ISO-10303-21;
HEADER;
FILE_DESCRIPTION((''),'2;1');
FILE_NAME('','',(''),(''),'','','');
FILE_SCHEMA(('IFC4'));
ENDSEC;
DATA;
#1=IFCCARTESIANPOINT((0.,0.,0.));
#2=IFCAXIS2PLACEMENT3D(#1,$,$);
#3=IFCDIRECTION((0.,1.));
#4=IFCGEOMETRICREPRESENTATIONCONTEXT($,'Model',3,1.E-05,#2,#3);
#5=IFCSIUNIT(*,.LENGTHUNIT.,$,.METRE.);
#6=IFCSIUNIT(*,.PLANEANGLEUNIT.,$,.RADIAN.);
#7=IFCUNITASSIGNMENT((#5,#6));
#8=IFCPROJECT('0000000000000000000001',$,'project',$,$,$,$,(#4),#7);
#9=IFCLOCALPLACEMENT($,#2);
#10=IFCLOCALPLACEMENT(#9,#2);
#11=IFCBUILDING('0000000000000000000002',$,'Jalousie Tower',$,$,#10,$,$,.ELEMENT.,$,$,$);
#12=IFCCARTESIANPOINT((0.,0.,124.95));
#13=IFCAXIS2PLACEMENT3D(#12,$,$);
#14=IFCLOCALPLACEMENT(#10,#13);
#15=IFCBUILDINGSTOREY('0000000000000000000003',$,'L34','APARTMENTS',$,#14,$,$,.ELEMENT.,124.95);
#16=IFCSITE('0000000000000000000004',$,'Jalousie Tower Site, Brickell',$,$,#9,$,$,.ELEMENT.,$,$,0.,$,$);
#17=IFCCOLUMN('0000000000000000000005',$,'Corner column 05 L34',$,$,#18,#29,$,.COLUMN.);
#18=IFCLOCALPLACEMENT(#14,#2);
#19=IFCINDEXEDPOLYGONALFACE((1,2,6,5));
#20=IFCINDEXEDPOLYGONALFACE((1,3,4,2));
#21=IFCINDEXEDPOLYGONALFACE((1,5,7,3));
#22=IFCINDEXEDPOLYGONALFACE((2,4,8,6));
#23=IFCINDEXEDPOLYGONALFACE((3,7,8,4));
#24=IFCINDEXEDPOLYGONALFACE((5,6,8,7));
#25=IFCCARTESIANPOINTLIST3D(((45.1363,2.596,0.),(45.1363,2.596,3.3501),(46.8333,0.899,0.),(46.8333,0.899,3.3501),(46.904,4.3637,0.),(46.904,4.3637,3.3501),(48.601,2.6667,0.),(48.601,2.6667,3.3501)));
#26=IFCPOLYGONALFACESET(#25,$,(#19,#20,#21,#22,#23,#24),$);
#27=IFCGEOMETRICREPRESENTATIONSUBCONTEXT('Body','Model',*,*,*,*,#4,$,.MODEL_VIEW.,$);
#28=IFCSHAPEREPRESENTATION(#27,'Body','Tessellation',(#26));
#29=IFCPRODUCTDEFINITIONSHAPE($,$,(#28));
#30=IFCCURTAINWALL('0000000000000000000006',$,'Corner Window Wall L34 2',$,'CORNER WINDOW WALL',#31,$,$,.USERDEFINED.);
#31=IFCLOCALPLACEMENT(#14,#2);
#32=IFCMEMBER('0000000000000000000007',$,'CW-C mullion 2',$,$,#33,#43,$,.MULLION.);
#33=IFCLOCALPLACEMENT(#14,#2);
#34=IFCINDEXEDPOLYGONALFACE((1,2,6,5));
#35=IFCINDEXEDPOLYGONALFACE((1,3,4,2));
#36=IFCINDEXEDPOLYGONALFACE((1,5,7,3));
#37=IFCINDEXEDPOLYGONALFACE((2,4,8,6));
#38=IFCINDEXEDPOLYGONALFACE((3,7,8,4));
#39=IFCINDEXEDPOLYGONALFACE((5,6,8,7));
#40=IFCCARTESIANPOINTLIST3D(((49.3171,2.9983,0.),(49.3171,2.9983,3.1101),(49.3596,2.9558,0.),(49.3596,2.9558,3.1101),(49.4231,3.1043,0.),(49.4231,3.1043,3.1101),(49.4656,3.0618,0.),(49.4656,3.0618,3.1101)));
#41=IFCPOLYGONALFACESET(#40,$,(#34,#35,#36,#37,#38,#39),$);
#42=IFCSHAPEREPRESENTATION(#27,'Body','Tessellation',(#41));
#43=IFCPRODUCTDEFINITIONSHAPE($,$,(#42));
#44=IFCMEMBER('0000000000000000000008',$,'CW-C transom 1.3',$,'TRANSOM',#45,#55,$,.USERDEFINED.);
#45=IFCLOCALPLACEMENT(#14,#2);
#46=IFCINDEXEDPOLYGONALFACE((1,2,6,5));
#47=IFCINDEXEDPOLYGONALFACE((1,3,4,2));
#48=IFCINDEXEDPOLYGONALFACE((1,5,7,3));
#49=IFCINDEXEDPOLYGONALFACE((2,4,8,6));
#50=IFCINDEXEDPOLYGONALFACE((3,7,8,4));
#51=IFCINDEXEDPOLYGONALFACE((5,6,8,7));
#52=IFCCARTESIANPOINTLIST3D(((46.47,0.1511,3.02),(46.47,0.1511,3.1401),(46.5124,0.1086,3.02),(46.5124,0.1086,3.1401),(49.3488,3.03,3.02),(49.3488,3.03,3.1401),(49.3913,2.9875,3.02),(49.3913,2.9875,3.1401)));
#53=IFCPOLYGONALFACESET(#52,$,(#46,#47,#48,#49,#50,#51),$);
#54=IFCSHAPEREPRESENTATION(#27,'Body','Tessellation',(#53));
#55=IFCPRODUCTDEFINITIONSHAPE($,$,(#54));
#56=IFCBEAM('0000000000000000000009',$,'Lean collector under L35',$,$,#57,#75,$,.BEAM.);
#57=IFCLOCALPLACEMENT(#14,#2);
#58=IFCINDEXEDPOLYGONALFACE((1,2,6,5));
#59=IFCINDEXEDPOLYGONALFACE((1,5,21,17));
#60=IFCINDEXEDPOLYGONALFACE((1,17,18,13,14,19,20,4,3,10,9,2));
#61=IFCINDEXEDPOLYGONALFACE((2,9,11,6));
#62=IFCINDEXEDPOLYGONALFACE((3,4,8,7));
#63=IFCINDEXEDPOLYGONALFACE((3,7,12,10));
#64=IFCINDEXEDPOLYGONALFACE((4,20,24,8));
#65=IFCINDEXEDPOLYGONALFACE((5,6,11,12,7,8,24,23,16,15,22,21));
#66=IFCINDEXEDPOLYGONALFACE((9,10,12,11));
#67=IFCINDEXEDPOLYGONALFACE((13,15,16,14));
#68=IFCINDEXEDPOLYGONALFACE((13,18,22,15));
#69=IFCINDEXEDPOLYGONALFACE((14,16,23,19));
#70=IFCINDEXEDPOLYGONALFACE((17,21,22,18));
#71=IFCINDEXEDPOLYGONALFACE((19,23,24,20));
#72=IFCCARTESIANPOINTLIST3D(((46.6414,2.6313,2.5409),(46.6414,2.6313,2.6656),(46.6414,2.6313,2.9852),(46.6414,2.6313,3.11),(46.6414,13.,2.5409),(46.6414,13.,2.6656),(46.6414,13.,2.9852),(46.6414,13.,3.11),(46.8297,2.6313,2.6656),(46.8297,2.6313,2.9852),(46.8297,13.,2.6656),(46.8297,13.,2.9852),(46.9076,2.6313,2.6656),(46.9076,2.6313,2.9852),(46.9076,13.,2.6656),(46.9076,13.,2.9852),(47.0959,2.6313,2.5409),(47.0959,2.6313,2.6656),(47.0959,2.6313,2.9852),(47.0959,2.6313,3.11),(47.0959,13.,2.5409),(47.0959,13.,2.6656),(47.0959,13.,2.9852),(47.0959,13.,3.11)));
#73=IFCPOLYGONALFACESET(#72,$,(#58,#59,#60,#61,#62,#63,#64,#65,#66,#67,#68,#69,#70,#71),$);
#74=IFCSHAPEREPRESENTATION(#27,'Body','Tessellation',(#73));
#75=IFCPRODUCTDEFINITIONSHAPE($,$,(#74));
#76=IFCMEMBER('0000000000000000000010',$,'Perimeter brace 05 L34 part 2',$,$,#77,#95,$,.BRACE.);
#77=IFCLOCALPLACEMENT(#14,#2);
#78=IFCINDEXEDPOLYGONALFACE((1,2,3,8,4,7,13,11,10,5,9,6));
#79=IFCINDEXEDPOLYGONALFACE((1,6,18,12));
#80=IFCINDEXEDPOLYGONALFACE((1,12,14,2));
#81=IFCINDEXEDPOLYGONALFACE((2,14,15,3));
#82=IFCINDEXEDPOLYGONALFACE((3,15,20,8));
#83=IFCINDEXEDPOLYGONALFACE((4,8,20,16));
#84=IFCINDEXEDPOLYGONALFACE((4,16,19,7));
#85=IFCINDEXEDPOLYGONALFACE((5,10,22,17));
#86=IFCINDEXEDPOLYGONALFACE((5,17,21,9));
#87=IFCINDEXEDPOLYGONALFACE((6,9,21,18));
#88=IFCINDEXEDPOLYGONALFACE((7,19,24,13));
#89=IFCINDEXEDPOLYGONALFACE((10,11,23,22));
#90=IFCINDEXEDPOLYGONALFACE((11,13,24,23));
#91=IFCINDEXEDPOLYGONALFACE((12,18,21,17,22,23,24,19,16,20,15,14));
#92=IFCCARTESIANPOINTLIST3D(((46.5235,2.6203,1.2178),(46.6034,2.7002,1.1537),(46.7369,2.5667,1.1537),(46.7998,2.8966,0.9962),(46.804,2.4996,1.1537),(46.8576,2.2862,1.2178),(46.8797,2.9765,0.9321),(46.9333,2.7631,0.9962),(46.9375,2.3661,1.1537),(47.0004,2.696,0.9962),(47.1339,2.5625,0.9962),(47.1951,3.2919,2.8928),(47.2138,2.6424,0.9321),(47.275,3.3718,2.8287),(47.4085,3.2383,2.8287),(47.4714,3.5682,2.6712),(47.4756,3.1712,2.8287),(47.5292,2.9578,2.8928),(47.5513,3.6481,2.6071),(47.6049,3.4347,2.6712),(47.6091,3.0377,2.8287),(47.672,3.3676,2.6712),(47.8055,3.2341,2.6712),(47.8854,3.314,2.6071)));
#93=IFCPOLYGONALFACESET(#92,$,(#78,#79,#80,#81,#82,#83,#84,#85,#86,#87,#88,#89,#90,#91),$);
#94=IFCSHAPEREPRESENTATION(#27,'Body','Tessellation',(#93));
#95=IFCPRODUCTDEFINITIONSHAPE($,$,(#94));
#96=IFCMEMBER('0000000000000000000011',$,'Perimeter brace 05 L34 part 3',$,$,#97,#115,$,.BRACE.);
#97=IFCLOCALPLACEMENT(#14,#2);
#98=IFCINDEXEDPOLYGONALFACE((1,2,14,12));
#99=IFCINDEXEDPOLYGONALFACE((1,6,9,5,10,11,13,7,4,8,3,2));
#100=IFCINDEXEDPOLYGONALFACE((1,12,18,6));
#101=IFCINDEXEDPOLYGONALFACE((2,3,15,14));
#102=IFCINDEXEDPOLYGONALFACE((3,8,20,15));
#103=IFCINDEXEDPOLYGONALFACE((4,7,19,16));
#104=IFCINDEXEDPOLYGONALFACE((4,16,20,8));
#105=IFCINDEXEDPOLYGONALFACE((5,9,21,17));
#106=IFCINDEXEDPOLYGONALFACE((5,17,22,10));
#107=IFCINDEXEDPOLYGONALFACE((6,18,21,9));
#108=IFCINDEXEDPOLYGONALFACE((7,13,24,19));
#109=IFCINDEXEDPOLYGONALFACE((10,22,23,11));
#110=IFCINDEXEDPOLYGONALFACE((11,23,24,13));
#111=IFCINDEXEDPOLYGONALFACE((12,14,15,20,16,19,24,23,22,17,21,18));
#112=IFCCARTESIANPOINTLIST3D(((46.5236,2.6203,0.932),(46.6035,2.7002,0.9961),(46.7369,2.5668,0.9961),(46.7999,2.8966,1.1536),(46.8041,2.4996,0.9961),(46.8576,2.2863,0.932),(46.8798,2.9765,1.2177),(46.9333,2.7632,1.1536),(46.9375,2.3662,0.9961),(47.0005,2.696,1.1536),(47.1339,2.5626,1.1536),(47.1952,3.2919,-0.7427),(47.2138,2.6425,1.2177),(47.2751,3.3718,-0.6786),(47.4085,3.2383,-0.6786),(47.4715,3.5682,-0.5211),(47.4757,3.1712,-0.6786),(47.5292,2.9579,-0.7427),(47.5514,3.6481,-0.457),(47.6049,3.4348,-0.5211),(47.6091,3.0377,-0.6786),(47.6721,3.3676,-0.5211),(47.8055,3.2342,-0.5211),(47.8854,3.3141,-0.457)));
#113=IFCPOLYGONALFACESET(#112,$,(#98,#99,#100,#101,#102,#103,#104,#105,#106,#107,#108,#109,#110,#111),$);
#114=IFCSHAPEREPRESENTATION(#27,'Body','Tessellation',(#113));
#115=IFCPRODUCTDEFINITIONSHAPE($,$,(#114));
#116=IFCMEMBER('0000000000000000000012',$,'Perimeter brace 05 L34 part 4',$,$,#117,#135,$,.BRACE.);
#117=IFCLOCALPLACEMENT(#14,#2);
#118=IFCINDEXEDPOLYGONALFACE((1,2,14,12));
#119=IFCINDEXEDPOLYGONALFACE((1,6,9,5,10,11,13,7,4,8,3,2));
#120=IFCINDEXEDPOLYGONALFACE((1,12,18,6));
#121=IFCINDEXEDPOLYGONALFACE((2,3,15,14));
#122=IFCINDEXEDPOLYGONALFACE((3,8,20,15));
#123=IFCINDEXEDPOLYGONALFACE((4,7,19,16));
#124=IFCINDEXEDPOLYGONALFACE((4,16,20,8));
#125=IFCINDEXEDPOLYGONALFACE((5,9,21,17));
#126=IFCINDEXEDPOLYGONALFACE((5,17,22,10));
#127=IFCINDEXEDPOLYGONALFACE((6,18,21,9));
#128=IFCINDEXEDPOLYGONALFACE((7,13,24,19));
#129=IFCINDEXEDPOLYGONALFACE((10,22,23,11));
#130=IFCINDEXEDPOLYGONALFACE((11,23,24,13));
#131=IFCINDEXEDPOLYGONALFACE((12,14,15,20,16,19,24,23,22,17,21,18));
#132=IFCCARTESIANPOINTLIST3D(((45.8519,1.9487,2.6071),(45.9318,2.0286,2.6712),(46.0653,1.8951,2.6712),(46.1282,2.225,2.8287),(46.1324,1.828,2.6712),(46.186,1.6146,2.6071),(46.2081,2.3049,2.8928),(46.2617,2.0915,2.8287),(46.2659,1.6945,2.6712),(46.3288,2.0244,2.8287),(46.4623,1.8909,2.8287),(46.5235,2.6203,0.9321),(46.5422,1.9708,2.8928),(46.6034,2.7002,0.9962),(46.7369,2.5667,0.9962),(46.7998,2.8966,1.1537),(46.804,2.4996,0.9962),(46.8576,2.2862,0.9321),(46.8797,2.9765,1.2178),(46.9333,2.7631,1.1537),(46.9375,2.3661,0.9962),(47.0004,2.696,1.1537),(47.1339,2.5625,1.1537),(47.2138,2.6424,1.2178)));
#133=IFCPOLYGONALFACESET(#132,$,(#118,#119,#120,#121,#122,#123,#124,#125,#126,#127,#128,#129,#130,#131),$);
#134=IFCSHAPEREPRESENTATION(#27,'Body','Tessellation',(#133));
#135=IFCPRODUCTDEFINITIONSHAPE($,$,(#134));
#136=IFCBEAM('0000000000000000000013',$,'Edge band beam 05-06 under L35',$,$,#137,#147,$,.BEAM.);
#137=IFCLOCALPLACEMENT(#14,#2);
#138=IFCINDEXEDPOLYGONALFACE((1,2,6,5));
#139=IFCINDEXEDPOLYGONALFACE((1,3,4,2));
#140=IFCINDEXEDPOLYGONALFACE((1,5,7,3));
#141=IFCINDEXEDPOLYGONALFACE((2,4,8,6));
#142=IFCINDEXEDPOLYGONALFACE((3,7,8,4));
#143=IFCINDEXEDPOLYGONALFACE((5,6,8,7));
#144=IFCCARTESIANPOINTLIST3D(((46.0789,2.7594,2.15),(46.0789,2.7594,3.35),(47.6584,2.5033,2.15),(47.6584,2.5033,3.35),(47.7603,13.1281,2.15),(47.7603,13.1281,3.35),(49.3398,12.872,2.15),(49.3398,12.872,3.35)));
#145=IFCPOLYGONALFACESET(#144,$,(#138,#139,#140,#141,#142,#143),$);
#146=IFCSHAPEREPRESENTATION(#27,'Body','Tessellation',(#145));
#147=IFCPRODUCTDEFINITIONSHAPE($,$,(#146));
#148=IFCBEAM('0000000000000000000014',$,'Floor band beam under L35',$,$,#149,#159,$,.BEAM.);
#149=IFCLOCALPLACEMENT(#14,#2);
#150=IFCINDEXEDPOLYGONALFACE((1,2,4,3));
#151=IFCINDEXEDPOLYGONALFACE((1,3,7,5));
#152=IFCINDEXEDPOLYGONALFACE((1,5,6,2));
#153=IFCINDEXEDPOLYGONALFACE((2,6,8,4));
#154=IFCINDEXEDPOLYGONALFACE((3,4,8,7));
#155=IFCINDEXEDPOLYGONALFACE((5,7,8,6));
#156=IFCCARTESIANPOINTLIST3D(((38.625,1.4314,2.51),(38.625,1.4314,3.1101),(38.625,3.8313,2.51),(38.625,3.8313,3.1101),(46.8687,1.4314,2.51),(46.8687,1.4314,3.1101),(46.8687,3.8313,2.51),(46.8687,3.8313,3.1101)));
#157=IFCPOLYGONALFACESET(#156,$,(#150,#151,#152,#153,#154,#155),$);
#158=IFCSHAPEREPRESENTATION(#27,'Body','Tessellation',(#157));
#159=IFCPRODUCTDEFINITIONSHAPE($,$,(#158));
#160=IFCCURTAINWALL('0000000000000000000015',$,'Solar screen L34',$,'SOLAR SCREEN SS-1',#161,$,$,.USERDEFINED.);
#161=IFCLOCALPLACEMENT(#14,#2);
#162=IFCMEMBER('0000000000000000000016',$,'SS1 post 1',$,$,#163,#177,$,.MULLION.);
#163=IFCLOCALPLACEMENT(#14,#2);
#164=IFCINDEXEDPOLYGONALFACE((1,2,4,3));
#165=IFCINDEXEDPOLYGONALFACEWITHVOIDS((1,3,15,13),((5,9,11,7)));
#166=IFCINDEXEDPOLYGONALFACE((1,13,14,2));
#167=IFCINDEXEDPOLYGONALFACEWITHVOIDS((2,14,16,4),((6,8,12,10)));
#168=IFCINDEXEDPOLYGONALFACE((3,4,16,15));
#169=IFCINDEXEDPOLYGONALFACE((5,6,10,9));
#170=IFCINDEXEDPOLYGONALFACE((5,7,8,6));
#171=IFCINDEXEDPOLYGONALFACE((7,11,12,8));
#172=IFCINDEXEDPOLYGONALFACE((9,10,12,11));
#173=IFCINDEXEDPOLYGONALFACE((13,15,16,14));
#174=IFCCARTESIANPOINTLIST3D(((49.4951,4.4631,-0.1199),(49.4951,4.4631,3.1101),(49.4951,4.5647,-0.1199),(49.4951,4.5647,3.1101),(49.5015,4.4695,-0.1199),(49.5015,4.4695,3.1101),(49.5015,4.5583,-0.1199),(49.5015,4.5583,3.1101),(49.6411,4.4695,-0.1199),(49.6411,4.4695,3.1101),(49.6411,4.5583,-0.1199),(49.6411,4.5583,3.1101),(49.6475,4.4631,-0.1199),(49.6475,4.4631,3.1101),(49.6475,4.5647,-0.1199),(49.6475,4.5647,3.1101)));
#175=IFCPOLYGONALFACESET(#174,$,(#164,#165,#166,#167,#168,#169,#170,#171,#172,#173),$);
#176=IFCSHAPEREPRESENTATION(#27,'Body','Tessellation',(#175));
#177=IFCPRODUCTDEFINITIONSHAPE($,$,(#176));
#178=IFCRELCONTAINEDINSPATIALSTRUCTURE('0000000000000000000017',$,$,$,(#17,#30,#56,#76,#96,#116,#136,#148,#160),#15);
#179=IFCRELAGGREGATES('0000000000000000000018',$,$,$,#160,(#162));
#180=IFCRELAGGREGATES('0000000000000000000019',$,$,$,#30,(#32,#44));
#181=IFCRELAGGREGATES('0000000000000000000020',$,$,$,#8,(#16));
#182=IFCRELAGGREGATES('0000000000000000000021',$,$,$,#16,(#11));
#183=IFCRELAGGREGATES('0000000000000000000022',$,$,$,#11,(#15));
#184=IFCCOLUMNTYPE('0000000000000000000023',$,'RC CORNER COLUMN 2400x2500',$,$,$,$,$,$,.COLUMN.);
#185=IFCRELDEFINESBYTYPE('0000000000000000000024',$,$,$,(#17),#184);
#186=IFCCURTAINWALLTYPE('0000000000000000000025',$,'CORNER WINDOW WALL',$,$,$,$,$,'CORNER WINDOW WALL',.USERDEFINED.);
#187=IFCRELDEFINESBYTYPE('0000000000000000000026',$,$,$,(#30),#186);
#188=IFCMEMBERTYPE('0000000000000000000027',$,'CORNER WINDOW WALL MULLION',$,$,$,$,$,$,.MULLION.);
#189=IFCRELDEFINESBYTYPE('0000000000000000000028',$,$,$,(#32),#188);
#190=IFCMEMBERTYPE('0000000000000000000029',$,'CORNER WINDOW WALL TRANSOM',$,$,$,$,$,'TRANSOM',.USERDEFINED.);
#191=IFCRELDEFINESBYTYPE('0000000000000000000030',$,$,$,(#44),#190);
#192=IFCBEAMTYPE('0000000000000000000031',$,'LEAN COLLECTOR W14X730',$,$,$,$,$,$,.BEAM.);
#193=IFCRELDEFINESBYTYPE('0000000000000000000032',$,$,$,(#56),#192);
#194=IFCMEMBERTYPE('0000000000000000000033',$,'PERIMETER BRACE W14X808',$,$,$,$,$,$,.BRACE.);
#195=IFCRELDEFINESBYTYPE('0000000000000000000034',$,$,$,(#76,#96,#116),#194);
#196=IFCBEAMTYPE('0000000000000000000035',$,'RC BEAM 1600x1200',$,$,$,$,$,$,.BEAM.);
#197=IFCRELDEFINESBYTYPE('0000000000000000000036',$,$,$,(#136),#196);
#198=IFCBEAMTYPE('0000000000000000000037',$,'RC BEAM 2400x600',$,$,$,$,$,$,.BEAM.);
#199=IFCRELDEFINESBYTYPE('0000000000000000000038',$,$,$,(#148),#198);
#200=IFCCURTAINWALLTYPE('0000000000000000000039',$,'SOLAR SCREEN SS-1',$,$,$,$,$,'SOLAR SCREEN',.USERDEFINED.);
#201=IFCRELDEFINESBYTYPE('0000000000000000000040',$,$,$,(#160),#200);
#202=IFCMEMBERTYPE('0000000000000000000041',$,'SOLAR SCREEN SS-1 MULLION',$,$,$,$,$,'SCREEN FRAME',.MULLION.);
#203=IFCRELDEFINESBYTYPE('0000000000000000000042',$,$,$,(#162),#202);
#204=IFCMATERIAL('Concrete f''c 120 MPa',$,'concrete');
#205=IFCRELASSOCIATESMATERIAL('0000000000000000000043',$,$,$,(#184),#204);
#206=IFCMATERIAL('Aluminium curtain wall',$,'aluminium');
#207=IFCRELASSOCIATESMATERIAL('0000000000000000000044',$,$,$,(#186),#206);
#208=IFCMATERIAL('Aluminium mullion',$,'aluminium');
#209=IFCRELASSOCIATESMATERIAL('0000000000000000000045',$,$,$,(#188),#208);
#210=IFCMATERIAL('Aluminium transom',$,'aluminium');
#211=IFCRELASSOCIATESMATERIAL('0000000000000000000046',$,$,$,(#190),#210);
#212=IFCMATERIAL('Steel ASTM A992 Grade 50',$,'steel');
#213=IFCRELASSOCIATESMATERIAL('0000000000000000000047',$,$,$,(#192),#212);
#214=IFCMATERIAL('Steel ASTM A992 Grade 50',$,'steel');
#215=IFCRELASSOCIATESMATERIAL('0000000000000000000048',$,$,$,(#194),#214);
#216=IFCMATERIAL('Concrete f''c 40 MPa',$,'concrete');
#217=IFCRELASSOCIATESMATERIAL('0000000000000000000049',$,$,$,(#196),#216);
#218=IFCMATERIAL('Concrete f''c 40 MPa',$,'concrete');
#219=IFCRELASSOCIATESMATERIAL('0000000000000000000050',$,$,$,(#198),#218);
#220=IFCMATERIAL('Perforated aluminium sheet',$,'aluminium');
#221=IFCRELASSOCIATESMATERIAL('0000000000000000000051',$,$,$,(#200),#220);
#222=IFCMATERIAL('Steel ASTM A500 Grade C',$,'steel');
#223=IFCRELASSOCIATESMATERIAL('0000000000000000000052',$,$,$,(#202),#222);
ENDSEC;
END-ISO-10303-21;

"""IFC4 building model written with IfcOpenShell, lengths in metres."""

from ifc_helpers import new_model, si_unit, direction, frame, origin, origin_2d, place, context, subcontext, project, spatial, rectangle, hollow_rectangle, i_section, extrude, material, material_profile, profile_set, type_object, element, aggregate, save


model = new_model("IFC4")

# Units and contexts
model_context = context("Model", 3, precision=1e-05, world=origin(), true_north=direction((0.0, 1.0)))
body_context = subcontext(model_context, "Body", "Model", "MODEL_VIEW")
ifc_project = project(units=[si_unit("LENGTHUNIT", "METRE"), si_unit("PLANEANGLEUNIT", "RADIAN")], contexts=[model_context])

# Site, building, storey
site_placement = place(None, origin())
site = spatial("IfcSite", under=ifc_project, at=site_placement, Name="Jalousie Tower Site, Brickell", CompositionType="ELEMENT", RefElevation=0.0)
building_placement = place(site_placement, origin())
building = spatial("IfcBuilding", under=site, at=building_placement, Name="Jalousie Tower", CompositionType="ELEMENT")
storey_placement = place(building_placement, frame((0.0, 0.0, 124.95)))
storey = spatial("IfcBuildingStorey", under=building, at=storey_placement, Name="L34", Description="APARTMENTS", CompositionType="ELEMENT", Elevation=124.95)

# Column
ifc_material_1 = material(Name="Concrete f'c 120 MPa", Category="concrete")
ifc_material_profile_1 = material_profile(ifc_material_1, rectangle(XDim=2.3999, YDim=2.5, at=origin_2d()), Name="RC 2400x2500")
ifc_profile_set_1 = profile_set([ifc_material_profile_1], Name="Concrete f'c 120 MPa")
column_type = type_object("IfcColumnType", Name="RC CORNER COLUMN 2400x2500", PredefinedType="COLUMN", material=ifc_profile_set_1)
column_placement = place(storey_placement, frame((46.8687, 2.6313, 0.0), z_axis=(0.0, 0.0, 1.0), x_axis=(-0.707107, 0.707107, 0.0)))
element("IfcColumn", 1, at=column_placement, inside=storey, type_object=column_type, Name="Corner column 05 L34", PredefinedType="COLUMN", context=body_context, shape_type="SweptSolid", body=[
    extrude(rectangle(XDim=2.3999, YDim=2.5, at=origin_2d()), origin(), (0.0, 0.0, 1.0), 3.3501),
])

# Curtain wall, members
ifc_material_2 = material(Name="Aluminium curtain wall", Category="aluminium")
curtain_wall_type_1 = type_object("IfcCurtainWallType", Name="CORNER WINDOW WALL", ElementType="CORNER WINDOW WALL", PredefinedType="USERDEFINED", material=ifc_material_2)
curtain_wall_1_placement = place(storey_placement, origin())
curtain_wall_1 = element("IfcCurtainWall", 2, at=curtain_wall_1_placement, inside=storey, type_object=curtain_wall_type_1, Name="Corner Window Wall L34 2", ObjectType="CORNER WINDOW WALL", PredefinedType="USERDEFINED")
ifc_material_3 = material(Name="Aluminium mullion", Category="aluminium")
ifc_material_profile_2 = material_profile(ifc_material_3, rectangle(XDim=0.0601, YDim=0.1499, at=origin_2d()), Name="MULLION 60x150")
ifc_profile_set_2 = profile_set([ifc_material_profile_2], Name="Aluminium mullion")
member_type_1 = type_object("IfcMemberType", Name="CORNER WINDOW WALL MULLION", PredefinedType="MULLION", material=ifc_profile_set_2)
member_1_placement = place(storey_placement, frame((49.3914, 3.03, 0.0), z_axis=(0.0, 0.0, 1.0), x_axis=(-0.707107, 0.707107, 0.0)))
member_1 = element("IfcMember", 3, at=member_1_placement, type_object=member_type_1, Name="CW-C mullion 2", PredefinedType="MULLION", context=body_context, shape_type="SweptSolid", body=[
    extrude(rectangle(XDim=0.0601, YDim=0.1499, at=origin_2d()), origin(), (0.0, 0.0, 1.0), 3.1101),
])
ifc_material_4 = material(Name="Aluminium transom", Category="aluminium")
ifc_material_profile_3 = material_profile(ifc_material_4, rectangle(XDim=0.0601, YDim=0.1201, at=origin_2d()), Name="TRANSOM 60x120")
ifc_profile_set_3 = profile_set([ifc_material_profile_3], Name="Aluminium transom")
member_type_2 = type_object("IfcMemberType", Name="CORNER WINDOW WALL TRANSOM", ElementType="TRANSOM", PredefinedType="USERDEFINED", material=ifc_profile_set_3)
member_2_placement = place(storey_placement, frame((46.4912, 0.1299, 3.0801), z_axis=(0.707107, 0.707107, 0.0), x_axis=(-0.707107, 0.707107, 0.0)))
member_2 = element("IfcMember", 4, at=member_2_placement, type_object=member_type_2, Name="CW-C transom 1.3", ObjectType="TRANSOM", PredefinedType="USERDEFINED", context=body_context, shape_type="SweptSolid", body=[
    extrude(rectangle(XDim=0.0601, YDim=0.1201, at=origin_2d()), origin(), (0.0, 0.0, 1.0), 4.0713),
])

# Beam
ifc_material_5 = material(Name="Steel ASTM A992 Grade 50", Category="steel")
ifc_material_profile_4 = material_profile(ifc_material_5, i_section(OverallWidth=0.4546, OverallDepth=0.5691, WebThickness=0.0779, FlangeThickness=0.1248, at=origin_2d()), Name="W14X730")
ifc_profile_set_4 = profile_set([ifc_material_profile_4], Name="Steel ASTM A992 Grade 50")
beam_type_1 = type_object("IfcBeamType", Name="LEAN COLLECTOR W14X730", PredefinedType="BEAM", material=ifc_profile_set_4)
beam_1_placement = place(storey_placement, frame((46.8687, 2.6313, 2.8254), z_axis=(0.0, 1.0, 0.0), x_axis=(-1.0, 0.0, 0.0)))
element("IfcBeam", 5, at=beam_1_placement, inside=storey, type_object=beam_type_1, Name="Lean collector under L35", PredefinedType="BEAM", context=body_context, shape_type="SweptSolid", body=[
    extrude(i_section(OverallWidth=0.4546, OverallDepth=0.5691, WebThickness=0.0779, FlangeThickness=0.1248, at=origin_2d()), origin(), (0.0, 0.0, 1.0), 10.3687),
])

# Members
ifc_material_6 = material(Name="Steel ASTM A992 Grade 50", Category="steel")
ifc_material_profile_5 = material_profile(ifc_material_6, i_section(OverallWidth=0.4724, OverallDepth=0.5791, WebThickness=0.095, FlangeThickness=0.1299, at=origin_2d()), Name="W14X808")
ifc_profile_set_5 = profile_set([ifc_material_profile_5], Name="Steel ASTM A992 Grade 50")
member_type_3 = type_object("IfcMemberType", Name="PERIMETER BRACE W14X808", PredefinedType="BRACE", material=ifc_profile_set_5)
member_3_placement = place(storey_placement, frame((46.8687, 2.6313, 1.075), z_axis=(0.348789, 0.348789, 0.869881), x_axis=(-0.707107, 0.707107, 0.0)))
element("IfcMember", 6, at=member_3_placement, inside=storey, type_object=member_type_3, Name="Perimeter brace 05 L34 part 2", PredefinedType="BRACE", context=body_context, shape_type="SweptSolid", body=[
    extrude(i_section(OverallWidth=0.4724, OverallDepth=0.5791, WebThickness=0.095, FlangeThickness=0.1299, at=origin_2d()), origin(), (0.0, 0.0, 1.0), 1.9255),
])
member_4_placement = place(storey_placement, frame((47.5403, 3.303, -0.5999), z_axis=(-0.348828, -0.348828, 0.86985), x_axis=(0.707107, -0.707107, 0.0)))
element("IfcMember", 7, at=member_4_placement, inside=storey, type_object=member_type_3, Name="Perimeter brace 05 L34 part 3", PredefinedType="BRACE", context=body_context, shape_type="SweptSolid", body=[
    extrude(i_section(OverallWidth=0.4724, OverallDepth=0.5791, WebThickness=0.095, FlangeThickness=0.1299, at=origin_2d()), origin(), (0.0, 0.0, 1.0), 1.9253),
])
member_5_placement = place(storey_placement, frame((46.8687, 2.6313, 1.075), z_axis=(-0.348789, -0.348789, 0.869881), x_axis=(0.707107, -0.707107, 0.0)))
element("IfcMember", 8, at=member_5_placement, inside=storey, type_object=member_type_3, Name="Perimeter brace 05 L34 part 4", PredefinedType="BRACE", context=body_context, shape_type="SweptSolid", body=[
    extrude(i_section(OverallWidth=0.4724, OverallDepth=0.5791, WebThickness=0.095, FlangeThickness=0.1299, at=origin_2d()), origin(), (0.0, 0.0, 1.0), 1.9255),
])

# Beams
ifc_material_7 = material(Name="Concrete f'c 40 MPa", Category="concrete")
ifc_material_profile_6 = material_profile(ifc_material_7, rectangle(XDim=1.6001, YDim=1.2, at=origin_2d()), Name="RC 1600x1200")
ifc_profile_set_6 = profile_set([ifc_material_profile_6], Name="Concrete f'c 40 MPa")
beam_type_2 = type_object("IfcBeamType", Name="RC BEAM 1600x1200", PredefinedType="BEAM", material=ifc_profile_set_6)
beam_2_placement = place(storey_placement, frame((46.8687, 2.6313, 2.75), z_axis=(0.160071, 0.987106, 0.0), x_axis=(-0.987106, 0.160071, 0.0)))
element("IfcBeam", 9, at=beam_2_placement, inside=storey, type_object=beam_type_2, Name="Edge band beam 05-06 under L35", PredefinedType="BEAM", context=body_context, shape_type="SweptSolid", body=[
    extrude(rectangle(XDim=1.6001, YDim=1.2, at=origin_2d()), origin(), (0.0, 0.0, 1.0), 10.5042),
])
ifc_material_8 = material(Name="Concrete f'c 40 MPa", Category="concrete")
ifc_material_profile_7 = material_profile(ifc_material_8, rectangle(XDim=2.3999, YDim=0.6001, at=origin_2d()), Name="RC 2400x600")
ifc_profile_set_7 = profile_set([ifc_material_profile_7], Name="Concrete f'c 40 MPa")
beam_type_3 = type_object("IfcBeamType", Name="RC BEAM 2400x600", PredefinedType="BEAM", material=ifc_profile_set_7)
beam_3_placement = place(storey_placement, frame((46.8687, 2.6313, 2.8101), z_axis=(-1.0, 0.0, 0.0), x_axis=(0.0, -1.0, 0.0)))
element("IfcBeam", 10, at=beam_3_placement, inside=storey, type_object=beam_type_3, Name="Floor band beam under L35", PredefinedType="BEAM", context=body_context, shape_type="SweptSolid", body=[
    extrude(rectangle(XDim=2.3999, YDim=0.6001, at=origin_2d()), origin(), (0.0, 0.0, 1.0), 8.2437),
])

# Curtain wall, member
ifc_material_9 = material(Name="Perforated aluminium sheet", Category="aluminium")
curtain_wall_type_2 = type_object("IfcCurtainWallType", Name="SOLAR SCREEN SS-1", ElementType="SOLAR SCREEN", PredefinedType="USERDEFINED", material=ifc_material_9)
curtain_wall_2_placement = place(storey_placement, origin())
curtain_wall_2 = element("IfcCurtainWall", 11, at=curtain_wall_2_placement, inside=storey, type_object=curtain_wall_type_2, Name="Solar screen L34", ObjectType="SOLAR SCREEN SS-1", PredefinedType="USERDEFINED")
ifc_material_10 = material(Name="Steel ASTM A500 Grade C", Category="steel")
ifc_material_profile_8 = material_profile(ifc_material_10, hollow_rectangle(XDim=0.1016, YDim=0.1523, WallThickness=0.0063, at=origin_2d()), Name="HSS6X4X1/4")
ifc_profile_set_8 = profile_set([ifc_material_profile_8], Name="Steel ASTM A500 Grade C")
member_type_4 = type_object("IfcMemberType", Name="SOLAR SCREEN SS-1 MULLION", ElementType="SCREEN FRAME", PredefinedType="MULLION", material=ifc_profile_set_8)
member_6_placement = place(storey_placement, frame((49.5713, 4.5139, -0.1199), z_axis=(0.0, 0.0, 1.0), x_axis=(0.0, 1.0, 0.0)))
member_6 = element("IfcMember", 12, at=member_6_placement, type_object=member_type_4, Name="SS1 post 1", PredefinedType="MULLION", context=body_context, shape_type="SweptSolid", body=[
    extrude(hollow_rectangle(XDim=0.1016, YDim=0.1523, WallThickness=0.0063, at=origin_2d()), origin(), (0.0, 0.0, 1.0), 3.23),
])
aggregate(curtain_wall_2, [member_6])

aggregate(curtain_wall_1, [member_1, member_2])

save(model, "model.ifc")
